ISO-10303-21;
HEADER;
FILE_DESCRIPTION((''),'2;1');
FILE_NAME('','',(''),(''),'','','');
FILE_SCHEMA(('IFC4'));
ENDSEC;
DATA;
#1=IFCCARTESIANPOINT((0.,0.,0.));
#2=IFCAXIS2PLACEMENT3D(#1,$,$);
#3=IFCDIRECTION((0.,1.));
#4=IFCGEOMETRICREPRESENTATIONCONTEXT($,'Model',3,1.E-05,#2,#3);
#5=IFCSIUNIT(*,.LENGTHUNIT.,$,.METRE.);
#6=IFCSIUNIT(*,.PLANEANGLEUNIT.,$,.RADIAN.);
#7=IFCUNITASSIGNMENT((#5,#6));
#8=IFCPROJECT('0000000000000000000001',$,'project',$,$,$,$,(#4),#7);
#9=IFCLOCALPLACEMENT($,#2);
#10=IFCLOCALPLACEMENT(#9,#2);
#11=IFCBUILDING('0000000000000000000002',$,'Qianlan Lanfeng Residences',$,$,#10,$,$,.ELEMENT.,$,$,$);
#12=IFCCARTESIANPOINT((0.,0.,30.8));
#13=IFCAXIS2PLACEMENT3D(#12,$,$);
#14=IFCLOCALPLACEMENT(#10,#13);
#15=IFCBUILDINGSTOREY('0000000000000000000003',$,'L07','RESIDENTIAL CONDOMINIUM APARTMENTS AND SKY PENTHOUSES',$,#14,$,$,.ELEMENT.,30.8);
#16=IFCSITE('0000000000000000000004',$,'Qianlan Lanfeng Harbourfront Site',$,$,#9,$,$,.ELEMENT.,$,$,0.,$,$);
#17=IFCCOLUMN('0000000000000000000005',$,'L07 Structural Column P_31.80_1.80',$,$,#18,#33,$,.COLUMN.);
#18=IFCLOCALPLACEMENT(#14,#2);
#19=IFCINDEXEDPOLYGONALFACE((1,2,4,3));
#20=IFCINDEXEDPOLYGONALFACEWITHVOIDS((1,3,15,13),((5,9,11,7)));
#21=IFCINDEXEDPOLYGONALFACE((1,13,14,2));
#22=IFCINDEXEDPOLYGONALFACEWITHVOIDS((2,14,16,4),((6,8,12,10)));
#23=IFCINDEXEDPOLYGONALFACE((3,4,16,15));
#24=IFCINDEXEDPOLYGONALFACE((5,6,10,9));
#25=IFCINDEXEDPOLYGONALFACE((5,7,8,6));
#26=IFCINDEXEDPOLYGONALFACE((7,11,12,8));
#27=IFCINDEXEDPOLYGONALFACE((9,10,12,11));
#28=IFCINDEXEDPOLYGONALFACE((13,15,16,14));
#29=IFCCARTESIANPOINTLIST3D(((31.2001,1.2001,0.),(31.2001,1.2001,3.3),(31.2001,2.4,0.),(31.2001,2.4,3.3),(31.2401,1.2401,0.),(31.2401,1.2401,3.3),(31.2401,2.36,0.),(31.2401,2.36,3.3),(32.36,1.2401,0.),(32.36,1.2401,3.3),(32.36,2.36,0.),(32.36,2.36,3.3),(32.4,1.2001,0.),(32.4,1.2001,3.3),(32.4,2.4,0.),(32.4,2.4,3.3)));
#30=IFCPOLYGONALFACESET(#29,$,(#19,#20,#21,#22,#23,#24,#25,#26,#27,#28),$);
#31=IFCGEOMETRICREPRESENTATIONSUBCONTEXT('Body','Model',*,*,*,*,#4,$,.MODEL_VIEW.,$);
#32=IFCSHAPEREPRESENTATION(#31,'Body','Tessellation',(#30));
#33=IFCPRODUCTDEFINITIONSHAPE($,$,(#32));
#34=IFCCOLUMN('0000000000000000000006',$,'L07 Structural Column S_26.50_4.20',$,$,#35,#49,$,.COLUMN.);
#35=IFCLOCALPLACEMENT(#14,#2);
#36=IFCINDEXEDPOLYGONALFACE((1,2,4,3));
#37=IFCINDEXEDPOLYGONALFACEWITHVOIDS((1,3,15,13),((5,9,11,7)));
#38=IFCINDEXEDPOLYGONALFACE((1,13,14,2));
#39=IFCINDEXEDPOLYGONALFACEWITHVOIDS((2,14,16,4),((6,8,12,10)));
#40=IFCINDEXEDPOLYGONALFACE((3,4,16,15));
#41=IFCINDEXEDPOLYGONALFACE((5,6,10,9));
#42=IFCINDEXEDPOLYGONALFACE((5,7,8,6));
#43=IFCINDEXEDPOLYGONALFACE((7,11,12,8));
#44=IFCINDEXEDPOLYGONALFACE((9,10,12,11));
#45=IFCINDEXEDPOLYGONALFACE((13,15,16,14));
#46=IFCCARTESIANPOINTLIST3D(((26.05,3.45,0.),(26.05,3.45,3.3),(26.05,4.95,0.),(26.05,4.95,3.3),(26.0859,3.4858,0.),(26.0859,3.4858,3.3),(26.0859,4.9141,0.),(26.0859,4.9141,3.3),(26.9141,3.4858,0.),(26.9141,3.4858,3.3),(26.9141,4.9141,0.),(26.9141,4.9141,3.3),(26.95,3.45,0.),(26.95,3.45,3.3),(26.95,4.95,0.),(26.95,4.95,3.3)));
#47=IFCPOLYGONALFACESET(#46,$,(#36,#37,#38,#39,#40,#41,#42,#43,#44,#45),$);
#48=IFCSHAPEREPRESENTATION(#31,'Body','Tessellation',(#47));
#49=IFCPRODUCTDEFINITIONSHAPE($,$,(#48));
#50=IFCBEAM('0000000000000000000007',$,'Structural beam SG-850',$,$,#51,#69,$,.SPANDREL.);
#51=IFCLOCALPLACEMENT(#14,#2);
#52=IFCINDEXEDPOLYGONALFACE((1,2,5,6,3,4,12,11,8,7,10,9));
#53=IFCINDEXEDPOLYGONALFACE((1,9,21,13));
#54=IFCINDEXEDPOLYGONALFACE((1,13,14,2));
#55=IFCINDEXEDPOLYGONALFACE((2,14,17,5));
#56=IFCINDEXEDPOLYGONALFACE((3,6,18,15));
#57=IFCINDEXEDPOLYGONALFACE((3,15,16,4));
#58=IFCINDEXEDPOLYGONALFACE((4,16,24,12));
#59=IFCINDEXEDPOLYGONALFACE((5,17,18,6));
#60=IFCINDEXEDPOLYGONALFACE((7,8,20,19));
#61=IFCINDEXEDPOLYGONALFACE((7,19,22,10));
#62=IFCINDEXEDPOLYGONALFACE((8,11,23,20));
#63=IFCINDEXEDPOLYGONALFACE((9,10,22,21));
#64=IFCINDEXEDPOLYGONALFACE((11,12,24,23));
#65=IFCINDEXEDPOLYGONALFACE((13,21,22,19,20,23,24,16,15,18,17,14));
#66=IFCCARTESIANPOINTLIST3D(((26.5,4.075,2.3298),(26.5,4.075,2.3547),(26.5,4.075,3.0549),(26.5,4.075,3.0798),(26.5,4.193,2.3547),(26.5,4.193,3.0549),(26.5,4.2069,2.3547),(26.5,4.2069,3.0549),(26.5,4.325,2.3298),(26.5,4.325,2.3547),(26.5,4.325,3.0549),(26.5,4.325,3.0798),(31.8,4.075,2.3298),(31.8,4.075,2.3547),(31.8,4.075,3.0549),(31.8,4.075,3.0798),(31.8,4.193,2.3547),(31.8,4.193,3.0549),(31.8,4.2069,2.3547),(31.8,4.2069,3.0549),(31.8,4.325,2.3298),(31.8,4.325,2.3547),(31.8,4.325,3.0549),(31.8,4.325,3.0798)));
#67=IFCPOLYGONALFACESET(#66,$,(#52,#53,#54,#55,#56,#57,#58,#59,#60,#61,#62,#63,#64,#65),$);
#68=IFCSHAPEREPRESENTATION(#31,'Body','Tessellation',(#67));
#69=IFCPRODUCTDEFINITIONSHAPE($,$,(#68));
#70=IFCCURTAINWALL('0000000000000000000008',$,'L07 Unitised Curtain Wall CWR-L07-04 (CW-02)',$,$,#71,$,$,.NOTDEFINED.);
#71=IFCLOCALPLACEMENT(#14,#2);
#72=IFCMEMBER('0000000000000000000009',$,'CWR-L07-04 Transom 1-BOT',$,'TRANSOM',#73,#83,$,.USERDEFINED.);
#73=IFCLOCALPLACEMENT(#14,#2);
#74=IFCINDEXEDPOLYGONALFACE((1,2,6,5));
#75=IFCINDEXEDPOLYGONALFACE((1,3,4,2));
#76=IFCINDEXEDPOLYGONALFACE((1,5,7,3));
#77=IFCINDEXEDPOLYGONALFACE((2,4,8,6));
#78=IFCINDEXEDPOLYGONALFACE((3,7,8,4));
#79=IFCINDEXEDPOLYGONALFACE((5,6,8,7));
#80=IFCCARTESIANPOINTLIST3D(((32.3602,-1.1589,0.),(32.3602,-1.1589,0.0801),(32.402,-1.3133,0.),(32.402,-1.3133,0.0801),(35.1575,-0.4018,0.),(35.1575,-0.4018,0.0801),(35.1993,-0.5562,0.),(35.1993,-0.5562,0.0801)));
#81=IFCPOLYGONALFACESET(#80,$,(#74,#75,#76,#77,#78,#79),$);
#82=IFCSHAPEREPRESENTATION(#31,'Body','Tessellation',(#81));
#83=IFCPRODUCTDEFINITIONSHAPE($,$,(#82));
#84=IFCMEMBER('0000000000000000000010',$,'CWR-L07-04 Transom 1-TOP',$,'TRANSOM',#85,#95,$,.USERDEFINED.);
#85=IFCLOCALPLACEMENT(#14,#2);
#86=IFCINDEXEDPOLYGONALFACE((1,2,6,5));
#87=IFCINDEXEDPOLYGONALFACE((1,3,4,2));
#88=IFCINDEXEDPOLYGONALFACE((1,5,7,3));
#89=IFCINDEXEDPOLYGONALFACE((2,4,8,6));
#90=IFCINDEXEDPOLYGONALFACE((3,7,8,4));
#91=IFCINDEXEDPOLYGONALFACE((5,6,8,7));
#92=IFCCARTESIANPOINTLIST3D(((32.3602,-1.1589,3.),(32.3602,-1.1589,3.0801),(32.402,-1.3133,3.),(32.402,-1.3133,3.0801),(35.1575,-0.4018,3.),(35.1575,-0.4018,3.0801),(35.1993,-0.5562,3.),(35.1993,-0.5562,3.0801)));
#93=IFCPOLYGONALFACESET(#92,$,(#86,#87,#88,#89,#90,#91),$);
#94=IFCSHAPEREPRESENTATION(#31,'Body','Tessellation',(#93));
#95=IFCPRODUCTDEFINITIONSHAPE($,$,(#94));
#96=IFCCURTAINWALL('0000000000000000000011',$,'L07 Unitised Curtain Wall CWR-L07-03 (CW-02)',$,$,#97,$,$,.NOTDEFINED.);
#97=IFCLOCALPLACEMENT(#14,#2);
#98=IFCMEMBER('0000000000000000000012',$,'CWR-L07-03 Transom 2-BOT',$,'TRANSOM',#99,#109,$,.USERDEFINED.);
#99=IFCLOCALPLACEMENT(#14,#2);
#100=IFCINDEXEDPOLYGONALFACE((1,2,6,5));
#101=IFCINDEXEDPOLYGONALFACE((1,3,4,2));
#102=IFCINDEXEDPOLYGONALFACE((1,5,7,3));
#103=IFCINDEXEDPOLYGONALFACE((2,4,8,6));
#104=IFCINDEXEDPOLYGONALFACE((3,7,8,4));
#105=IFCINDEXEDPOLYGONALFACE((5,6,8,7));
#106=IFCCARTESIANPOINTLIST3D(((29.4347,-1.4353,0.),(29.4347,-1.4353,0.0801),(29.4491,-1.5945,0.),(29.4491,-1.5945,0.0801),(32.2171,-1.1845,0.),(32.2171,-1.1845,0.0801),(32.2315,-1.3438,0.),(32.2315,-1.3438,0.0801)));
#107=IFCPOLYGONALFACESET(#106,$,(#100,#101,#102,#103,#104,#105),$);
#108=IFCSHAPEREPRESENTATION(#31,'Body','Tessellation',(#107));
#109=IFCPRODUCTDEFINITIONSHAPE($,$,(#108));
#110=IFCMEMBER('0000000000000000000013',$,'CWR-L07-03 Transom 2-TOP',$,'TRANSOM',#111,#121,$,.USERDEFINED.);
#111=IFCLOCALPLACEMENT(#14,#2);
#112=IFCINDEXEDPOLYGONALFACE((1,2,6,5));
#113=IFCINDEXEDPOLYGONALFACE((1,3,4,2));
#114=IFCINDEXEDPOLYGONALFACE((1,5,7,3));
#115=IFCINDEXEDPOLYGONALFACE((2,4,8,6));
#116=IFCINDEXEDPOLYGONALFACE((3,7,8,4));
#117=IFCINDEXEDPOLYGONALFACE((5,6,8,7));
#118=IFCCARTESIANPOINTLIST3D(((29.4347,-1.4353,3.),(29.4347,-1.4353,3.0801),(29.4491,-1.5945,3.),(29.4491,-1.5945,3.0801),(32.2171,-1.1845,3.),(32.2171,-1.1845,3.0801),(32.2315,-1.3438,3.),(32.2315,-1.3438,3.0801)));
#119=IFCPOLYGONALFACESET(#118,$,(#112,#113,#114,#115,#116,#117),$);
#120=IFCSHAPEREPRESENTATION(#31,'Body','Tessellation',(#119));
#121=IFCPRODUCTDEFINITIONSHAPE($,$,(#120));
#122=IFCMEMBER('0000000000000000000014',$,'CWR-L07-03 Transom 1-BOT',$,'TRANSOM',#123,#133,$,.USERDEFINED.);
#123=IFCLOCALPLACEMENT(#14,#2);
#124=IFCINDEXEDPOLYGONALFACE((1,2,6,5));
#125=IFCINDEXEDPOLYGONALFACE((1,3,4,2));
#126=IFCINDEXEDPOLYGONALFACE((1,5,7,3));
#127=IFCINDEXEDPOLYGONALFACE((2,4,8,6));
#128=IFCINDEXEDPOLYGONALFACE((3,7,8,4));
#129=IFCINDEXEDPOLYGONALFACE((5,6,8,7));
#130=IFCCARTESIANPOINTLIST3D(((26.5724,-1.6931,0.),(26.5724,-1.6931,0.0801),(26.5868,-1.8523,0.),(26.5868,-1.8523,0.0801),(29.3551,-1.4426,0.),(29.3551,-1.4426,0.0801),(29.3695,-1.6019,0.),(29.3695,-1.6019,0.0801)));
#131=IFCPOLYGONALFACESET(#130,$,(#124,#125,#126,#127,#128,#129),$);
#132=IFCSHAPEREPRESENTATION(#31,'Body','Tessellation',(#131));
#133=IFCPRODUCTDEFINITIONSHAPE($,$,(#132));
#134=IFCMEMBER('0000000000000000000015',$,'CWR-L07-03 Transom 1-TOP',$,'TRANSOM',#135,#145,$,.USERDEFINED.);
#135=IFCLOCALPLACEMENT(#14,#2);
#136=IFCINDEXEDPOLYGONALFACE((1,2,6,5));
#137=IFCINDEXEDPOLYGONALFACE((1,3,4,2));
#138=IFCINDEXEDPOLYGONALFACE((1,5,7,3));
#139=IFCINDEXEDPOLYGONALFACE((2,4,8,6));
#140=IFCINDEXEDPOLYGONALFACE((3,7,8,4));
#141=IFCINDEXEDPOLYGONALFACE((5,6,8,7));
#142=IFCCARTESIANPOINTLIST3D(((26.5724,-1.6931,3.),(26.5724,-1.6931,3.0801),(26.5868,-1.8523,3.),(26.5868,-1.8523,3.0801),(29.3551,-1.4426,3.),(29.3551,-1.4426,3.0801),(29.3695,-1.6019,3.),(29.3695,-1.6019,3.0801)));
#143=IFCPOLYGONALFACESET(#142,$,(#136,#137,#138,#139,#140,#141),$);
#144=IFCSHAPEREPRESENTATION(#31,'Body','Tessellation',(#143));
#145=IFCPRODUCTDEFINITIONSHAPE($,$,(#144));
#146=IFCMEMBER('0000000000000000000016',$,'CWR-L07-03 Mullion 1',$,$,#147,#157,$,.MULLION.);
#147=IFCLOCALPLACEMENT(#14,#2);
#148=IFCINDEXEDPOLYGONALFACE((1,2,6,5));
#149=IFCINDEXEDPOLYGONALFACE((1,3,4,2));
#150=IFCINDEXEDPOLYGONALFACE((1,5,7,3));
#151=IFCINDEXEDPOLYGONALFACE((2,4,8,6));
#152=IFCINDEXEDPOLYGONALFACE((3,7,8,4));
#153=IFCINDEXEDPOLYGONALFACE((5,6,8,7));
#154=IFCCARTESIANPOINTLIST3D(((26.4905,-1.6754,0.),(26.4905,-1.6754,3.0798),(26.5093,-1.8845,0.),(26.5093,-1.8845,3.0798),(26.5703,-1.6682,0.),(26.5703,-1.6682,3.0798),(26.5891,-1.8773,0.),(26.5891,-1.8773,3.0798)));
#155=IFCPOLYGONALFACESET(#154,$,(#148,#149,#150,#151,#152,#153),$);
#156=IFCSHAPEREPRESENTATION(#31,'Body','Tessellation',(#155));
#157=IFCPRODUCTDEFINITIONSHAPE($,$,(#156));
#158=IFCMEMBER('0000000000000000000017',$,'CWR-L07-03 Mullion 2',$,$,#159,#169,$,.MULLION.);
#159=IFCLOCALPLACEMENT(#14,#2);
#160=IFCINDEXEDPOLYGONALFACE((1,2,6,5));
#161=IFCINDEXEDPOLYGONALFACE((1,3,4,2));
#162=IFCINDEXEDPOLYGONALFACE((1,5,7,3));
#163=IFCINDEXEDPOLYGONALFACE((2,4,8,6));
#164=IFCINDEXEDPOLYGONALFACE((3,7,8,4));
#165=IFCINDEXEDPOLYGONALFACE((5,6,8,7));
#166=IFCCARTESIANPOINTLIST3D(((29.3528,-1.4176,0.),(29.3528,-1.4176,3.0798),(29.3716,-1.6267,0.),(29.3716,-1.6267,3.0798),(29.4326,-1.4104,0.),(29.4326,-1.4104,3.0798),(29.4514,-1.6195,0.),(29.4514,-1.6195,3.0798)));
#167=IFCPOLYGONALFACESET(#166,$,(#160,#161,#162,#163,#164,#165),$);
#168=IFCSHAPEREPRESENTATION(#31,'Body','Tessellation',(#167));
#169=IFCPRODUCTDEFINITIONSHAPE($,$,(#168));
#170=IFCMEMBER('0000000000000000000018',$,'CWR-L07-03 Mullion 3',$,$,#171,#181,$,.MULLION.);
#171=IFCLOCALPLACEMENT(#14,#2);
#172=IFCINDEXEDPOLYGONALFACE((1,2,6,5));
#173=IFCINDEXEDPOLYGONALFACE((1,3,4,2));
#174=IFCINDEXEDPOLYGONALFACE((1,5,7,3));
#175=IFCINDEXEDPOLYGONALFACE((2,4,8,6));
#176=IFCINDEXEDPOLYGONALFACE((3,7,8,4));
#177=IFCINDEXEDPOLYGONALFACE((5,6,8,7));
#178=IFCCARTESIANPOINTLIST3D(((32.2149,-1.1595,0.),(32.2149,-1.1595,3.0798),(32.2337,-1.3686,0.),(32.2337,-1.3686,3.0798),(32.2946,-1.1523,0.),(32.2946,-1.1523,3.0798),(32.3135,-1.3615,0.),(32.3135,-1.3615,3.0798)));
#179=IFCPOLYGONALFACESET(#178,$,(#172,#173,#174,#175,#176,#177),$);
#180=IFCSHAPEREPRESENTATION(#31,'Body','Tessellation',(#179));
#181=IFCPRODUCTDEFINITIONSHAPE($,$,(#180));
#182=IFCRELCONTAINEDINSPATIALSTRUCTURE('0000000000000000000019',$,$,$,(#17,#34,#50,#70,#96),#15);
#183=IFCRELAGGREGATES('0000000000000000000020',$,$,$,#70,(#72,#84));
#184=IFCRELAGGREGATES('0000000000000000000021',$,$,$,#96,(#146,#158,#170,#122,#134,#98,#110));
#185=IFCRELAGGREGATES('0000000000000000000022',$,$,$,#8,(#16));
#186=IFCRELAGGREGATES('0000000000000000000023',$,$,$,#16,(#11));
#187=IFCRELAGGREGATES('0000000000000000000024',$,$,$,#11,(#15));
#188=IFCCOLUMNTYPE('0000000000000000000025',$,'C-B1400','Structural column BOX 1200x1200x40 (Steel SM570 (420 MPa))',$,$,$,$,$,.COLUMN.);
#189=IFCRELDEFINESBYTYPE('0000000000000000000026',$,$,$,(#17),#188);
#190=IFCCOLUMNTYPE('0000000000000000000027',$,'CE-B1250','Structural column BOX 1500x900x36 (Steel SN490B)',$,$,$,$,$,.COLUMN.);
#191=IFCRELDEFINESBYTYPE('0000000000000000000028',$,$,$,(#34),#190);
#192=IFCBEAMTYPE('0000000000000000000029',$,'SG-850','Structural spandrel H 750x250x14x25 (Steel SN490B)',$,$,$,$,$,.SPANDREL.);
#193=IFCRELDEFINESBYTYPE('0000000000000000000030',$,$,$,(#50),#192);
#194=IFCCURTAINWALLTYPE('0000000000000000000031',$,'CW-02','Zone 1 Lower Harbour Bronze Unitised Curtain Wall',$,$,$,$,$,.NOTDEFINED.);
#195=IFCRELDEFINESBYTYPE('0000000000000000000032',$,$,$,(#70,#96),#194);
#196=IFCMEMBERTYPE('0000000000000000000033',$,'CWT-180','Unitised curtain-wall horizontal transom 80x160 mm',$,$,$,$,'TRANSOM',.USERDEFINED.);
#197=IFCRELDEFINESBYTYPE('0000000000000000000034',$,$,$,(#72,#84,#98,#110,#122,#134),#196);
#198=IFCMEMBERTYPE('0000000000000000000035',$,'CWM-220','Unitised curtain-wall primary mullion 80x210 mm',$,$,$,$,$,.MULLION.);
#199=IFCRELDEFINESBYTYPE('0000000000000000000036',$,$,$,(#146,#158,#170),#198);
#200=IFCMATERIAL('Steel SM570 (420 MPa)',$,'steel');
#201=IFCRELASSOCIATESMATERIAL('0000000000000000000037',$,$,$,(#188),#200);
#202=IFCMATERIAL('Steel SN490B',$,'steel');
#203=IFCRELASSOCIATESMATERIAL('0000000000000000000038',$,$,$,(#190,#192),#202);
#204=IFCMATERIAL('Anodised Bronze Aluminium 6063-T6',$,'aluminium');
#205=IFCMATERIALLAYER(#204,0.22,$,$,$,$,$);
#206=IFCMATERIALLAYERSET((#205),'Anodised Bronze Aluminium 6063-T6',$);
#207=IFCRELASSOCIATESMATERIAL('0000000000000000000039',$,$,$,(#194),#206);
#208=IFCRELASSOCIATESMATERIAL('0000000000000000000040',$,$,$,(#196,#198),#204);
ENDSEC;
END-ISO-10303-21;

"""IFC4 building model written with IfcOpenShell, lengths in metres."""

from ifc_helpers import new_model, si_unit, direction, frame, origin, origin_2d, place, context, subcontext, project, spatial, rectangle, hollow_rectangle, i_section, extrude, source, transform, mapped, material, layer, layer_set, material_profile, profile_set, type_object, element, aggregate, save


model = new_model("IFC4")

# Units and contexts
model_context = context("Model", 3, precision=1e-05, world=origin(), true_north=direction((0.0, 1.0)))
body_context = subcontext(model_context, "Body", "Model", "MODEL_VIEW")
ifc_project = project(units=[si_unit("LENGTHUNIT", "METRE"), si_unit("PLANEANGLEUNIT", "RADIAN")], contexts=[model_context])

# Site, building, storey
site_placement = place(None, origin())
site = spatial("IfcSite", under=ifc_project, at=site_placement, Name="Qianlan Lanfeng Harbourfront Site", CompositionType="ELEMENT", RefElevation=0.0)
building_placement = place(site_placement, origin())
building = spatial("IfcBuilding", under=site, at=building_placement, Name="Qianlan Lanfeng Residences", CompositionType="ELEMENT")
storey_placement = place(building_placement, frame((0.0, 0.0, 30.8)))
storey = spatial("IfcBuildingStorey", under=building, at=storey_placement, Name="L07", Description="RESIDENTIAL CONDOMINIUM APARTMENTS AND SKY PENTHOUSES", CompositionType="ELEMENT", Elevation=30.8)

# Columns
ifc_material_1 = material(Name="Steel SM570 (420 MPa)", Category="steel")
ifc_material_profile_1 = material_profile(ifc_material_1, hollow_rectangle(XDim=1.2, YDim=1.2, WallThickness=0.04, at=origin_2d()), Name="BOX 1200x1200x40")
ifc_profile_set_1 = profile_set([ifc_material_profile_1], Name="Steel SM570 (420 MPa)")
column_type_1 = type_object("IfcColumnType", Name="C-B1400", Description="Structural column BOX 1200x1200x40 (Steel SM570 (420 MPa))", PredefinedType="COLUMN", material=ifc_profile_set_1)
column_1_placement = place(storey_placement, frame((31.8, 1.8, 0.0), z_axis=(0.0, 0.0, 1.0), x_axis=(1.0, 0.0, 0.0)))
element("IfcColumn", 1, at=column_1_placement, inside=storey, type_object=column_type_1, Name="L07 Structural Column P_31.80_1.80", PredefinedType="COLUMN", context=body_context, shape_type="SweptSolid", body=[
    extrude(hollow_rectangle(XDim=1.2, YDim=1.2, WallThickness=0.04, at=origin_2d()), origin(), (0.0, 0.0, 1.0), 3.3),
])
ifc_material_2 = material(Name="Steel SN490B", Category="steel")
ifc_material_profile_2 = material_profile(ifc_material_2, hollow_rectangle(XDim=0.8999, YDim=1.5, WallThickness=0.0359, at=origin_2d()), Name="BOX 1500x900x36")
ifc_profile_set_2 = profile_set([ifc_material_profile_2], Name="Steel SN490B")
column_type_2 = type_object("IfcColumnType", Name="CE-B1250", Description="Structural column BOX 1500x900x36 (Steel SN490B)", PredefinedType="COLUMN", material=ifc_profile_set_2)
column_2_placement = place(storey_placement, frame((26.5, 4.2, 0.0), z_axis=(0.0, 0.0, 1.0), x_axis=(1.0, 0.0, 0.0)))
element("IfcColumn", 2, at=column_2_placement, inside=storey, type_object=column_type_2, Name="L07 Structural Column S_26.50_4.20", PredefinedType="COLUMN", context=body_context, shape_type="SweptSolid", body=[
    extrude(hollow_rectangle(XDim=0.8999, YDim=1.5, WallThickness=0.0359, at=origin_2d()), origin(), (0.0, 0.0, 1.0), 3.3),
])

# Beam
ifc_material_profile_3 = material_profile(ifc_material_2, i_section(OverallWidth=0.25, OverallDepth=0.75, WebThickness=0.0139, FlangeThickness=0.0249, at=origin_2d()), Name="H 750x250x14x25")
ifc_profile_set_3 = profile_set([ifc_material_profile_3], Name="Steel SN490B")
beam_type = type_object("IfcBeamType", Name="SG-850", Description="Structural spandrel H 750x250x14x25 (Steel SN490B)", PredefinedType="SPANDREL", material=ifc_profile_set_3)
beam_placement = place(storey_placement, frame((26.5, 4.2, 2.7048), z_axis=(1.0, 0.0, 0.0), x_axis=(0.0, 1.0, 0.0)))
element("IfcBeam", 3, at=beam_placement, inside=storey, type_object=beam_type, Name="Structural beam SG-850", PredefinedType="SPANDREL", context=body_context, shape_type="SweptSolid", body=[
    extrude(i_section(OverallWidth=0.25, OverallDepth=0.75, WebThickness=0.0139, FlangeThickness=0.0249, at=origin_2d()), origin(), (0.0, 0.0, 1.0), 5.3),
])

# Curtain walls, members
ifc_material_3 = material(Name="Anodised Bronze Aluminium 6063-T6", Category="aluminium")
ifc_layer_1 = layer(ifc_material_3, 0.22)
ifc_layer_set_1 = layer_set([ifc_layer_1], Name="Anodised Bronze Aluminium 6063-T6")
curtain_wall_type = type_object("IfcCurtainWallType", Name="CW-02", Description="Zone 1 Lower Harbour Bronze Unitised Curtain Wall", PredefinedType="NOTDEFINED", material=ifc_layer_set_1)
curtain_wall_1_placement = place(storey_placement, origin())
curtain_wall_1 = element("IfcCurtainWall", 4, at=curtain_wall_1_placement, inside=storey, type_object=curtain_wall_type, Name="L07 Unitised Curtain Wall CWR-L07-04 (CW-02)", PredefinedType="NOTDEFINED")
ifc_material_profile_4 = material_profile(ifc_material_3, rectangle(XDim=0.0801, YDim=0.1599, at=origin_2d()), Name="ALU TRANSOM 80x160")
ifc_profile_set_4 = profile_set([ifc_material_profile_4], Name="Anodised Bronze Aluminium 6063-T6")
member_type_1 = type_object("IfcMemberType", Name="CWT-180", Description="Unitised curtain-wall horizontal transom 80x160 mm", ElementType="TRANSOM", PredefinedType="USERDEFINED", material=ifc_profile_set_4)
shared_shape_1 = source(origin(), body_context, "Body", "SweptSolid", [
    extrude(rectangle(XDim=0.0801, YDim=0.1599, at=origin_2d()), origin(), (0.0, 0.0, 1.0), 2.8979),
])
member_1_placement = place(storey_placement, frame((32.3811, -1.2361, 0.04), z_axis=(0.965273, 0.261242, 0.0), x_axis=(0.0, 0.0, 1.0)))
member_1 = element("IfcMember", 5, at=member_1_placement, type_object=member_type_1, Name="CWR-L07-04 Transom 1-BOT", ObjectType="TRANSOM", PredefinedType="USERDEFINED", context=body_context, shape_type="MappedRepresentation", body=[
    mapped(shared_shape_1, transform((0.0, 0.0, 0.0), scale=1.0)),
])
member_2_placement = place(storey_placement, frame((32.3811, -1.2361, 3.04), z_axis=(0.965273, 0.261242, 0.0), x_axis=(0.0, 0.0, 1.0)))
member_2 = element("IfcMember", 6, at=member_2_placement, type_object=member_type_1, Name="CWR-L07-04 Transom 1-TOP", ObjectType="TRANSOM", PredefinedType="USERDEFINED", context=body_context, shape_type="MappedRepresentation", body=[
    mapped(shared_shape_1, transform((0.0, 0.0, 0.0), scale=1.0)),
])
curtain_wall_2_placement = place(storey_placement, origin())
curtain_wall_2 = element("IfcCurtainWall", 7, at=curtain_wall_2_placement, inside=storey, type_object=curtain_wall_type, Name="L07 Unitised Curtain Wall CWR-L07-03 (CW-02)", PredefinedType="NOTDEFINED")
shared_shape_2 = source(origin(), body_context, "Body", "SweptSolid", [
    extrude(rectangle(XDim=0.0801, YDim=0.1599, at=origin_2d()), origin(), (0.0, 0.0, 1.0), 2.7937),
])
member_3_placement = place(storey_placement, frame((29.4419, -1.5149, 0.04), z_axis=(0.995965, 0.089748, 0.0), x_axis=(0.0, 0.0, 1.0)))
member_3 = element("IfcMember", 8, at=member_3_placement, type_object=member_type_1, Name="CWR-L07-03 Transom 2-BOT", ObjectType="TRANSOM", PredefinedType="USERDEFINED", context=body_context, shape_type="MappedRepresentation", body=[
    mapped(shared_shape_2, transform((0.0, 0.0, 0.0), scale=1.0)),
])
member_4_placement = place(storey_placement, frame((29.4419, -1.5149, 3.04), z_axis=(0.995965, 0.089748, 0.0), x_axis=(0.0, 0.0, 1.0)))
member_4 = element("IfcMember", 9, at=member_4_placement, type_object=member_type_1, Name="CWR-L07-03 Transom 2-TOP", ObjectType="TRANSOM", PredefinedType="USERDEFINED", context=body_context, shape_type="MappedRepresentation", body=[
    mapped(shared_shape_2, transform((0.0, 0.0, 0.0), scale=1.0)),
])
shared_shape_3 = source(origin(), body_context, "Body", "SweptSolid", [
    extrude(rectangle(XDim=0.0801, YDim=0.1599, at=origin_2d()), origin(), (0.0, 0.0, 1.0), 2.7939),
])
member_5_placement = place(storey_placement, frame((26.5796, -1.7727, 0.04), z_axis=(0.995973, 0.089653, 0.0), x_axis=(0.0, 0.0, 1.0)))
member_5 = element("IfcMember", 10, at=member_5_placement, type_object=member_type_1, Name="CWR-L07-03 Transom 1-BOT", ObjectType="TRANSOM", PredefinedType="USERDEFINED", context=body_context, shape_type="MappedRepresentation", body=[
    mapped(shared_shape_3, transform((0.0, 0.0, 0.0), scale=1.0)),
])
member_6_placement = place(storey_placement, frame((26.5796, -1.7727, 3.04), z_axis=(0.995973, 0.089653, 0.0), x_axis=(0.0, 0.0, 1.0)))
member_6 = element("IfcMember", 11, at=member_6_placement, type_object=member_type_1, Name="CWR-L07-03 Transom 1-TOP", ObjectType="TRANSOM", PredefinedType="USERDEFINED", context=body_context, shape_type="MappedRepresentation", body=[
    mapped(shared_shape_3, transform((0.0, 0.0, 0.0), scale=1.0)),
])
ifc_material_profile_5 = material_profile(ifc_material_3, rectangle(XDim=0.0801, YDim=0.21, at=origin_2d()), Name="ALU MULLION 80x210")
ifc_profile_set_5 = profile_set([ifc_material_profile_5], Name="Anodised Bronze Aluminium 6063-T6")
member_type_2 = type_object("IfcMemberType", Name="CWM-220", Description="Unitised curtain-wall primary mullion 80x210 mm", PredefinedType="MULLION", material=ifc_profile_set_5)
shared_shape_4 = source(origin(), body_context, "Body", "SweptSolid", [
    extrude(rectangle(XDim=0.0801, YDim=0.21, at=origin_2d()), origin(), (0.0, 0.0, 1.0), 3.0798),
])
member_7_placement = place(storey_placement, frame((26.5398, -1.7764, 0.0), z_axis=(0.0, 0.0, 1.0), x_axis=(0.995965, 0.089746, 0.0)))
member_7 = element("IfcMember", 12, at=member_7_placement, type_object=member_type_2, Name="CWR-L07-03 Mullion 1", PredefinedType="MULLION", context=body_context, shape_type="MappedRepresentation", body=[
    mapped(shared_shape_4, transform((0.0, 0.0, 0.0), scale=1.0)),
])
member_8_placement = place(storey_placement, frame((29.4021, -1.5186, 0.0), z_axis=(0.0, 0.0, 1.0), x_axis=(0.995965, 0.089746, 0.0)))
member_8 = element("IfcMember", 13, at=member_8_placement, type_object=member_type_2, Name="CWR-L07-03 Mullion 2", PredefinedType="MULLION", context=body_context, shape_type="MappedRepresentation", body=[
    mapped(shared_shape_4, transform((0.0, 0.0, 0.0), scale=1.0)),
])
member_9_placement = place(storey_placement, frame((32.2642, -1.2605, 0.0), z_axis=(0.0, 0.0, 1.0), x_axis=(0.995965, 0.089746, 0.0)))
member_9 = element("IfcMember", 14, at=member_9_placement, type_object=member_type_2, Name="CWR-L07-03 Mullion 3", PredefinedType="MULLION", context=body_context, shape_type="MappedRepresentation", body=[
    mapped(shared_shape_4, transform((0.0, 0.0, 0.0), scale=1.0)),
])

aggregate(curtain_wall_1, [member_1, member_2])

aggregate(curtain_wall_2, [member_7, member_8, member_9, member_5, member_6, member_3, member_4])

save(model, "model.ifc")
